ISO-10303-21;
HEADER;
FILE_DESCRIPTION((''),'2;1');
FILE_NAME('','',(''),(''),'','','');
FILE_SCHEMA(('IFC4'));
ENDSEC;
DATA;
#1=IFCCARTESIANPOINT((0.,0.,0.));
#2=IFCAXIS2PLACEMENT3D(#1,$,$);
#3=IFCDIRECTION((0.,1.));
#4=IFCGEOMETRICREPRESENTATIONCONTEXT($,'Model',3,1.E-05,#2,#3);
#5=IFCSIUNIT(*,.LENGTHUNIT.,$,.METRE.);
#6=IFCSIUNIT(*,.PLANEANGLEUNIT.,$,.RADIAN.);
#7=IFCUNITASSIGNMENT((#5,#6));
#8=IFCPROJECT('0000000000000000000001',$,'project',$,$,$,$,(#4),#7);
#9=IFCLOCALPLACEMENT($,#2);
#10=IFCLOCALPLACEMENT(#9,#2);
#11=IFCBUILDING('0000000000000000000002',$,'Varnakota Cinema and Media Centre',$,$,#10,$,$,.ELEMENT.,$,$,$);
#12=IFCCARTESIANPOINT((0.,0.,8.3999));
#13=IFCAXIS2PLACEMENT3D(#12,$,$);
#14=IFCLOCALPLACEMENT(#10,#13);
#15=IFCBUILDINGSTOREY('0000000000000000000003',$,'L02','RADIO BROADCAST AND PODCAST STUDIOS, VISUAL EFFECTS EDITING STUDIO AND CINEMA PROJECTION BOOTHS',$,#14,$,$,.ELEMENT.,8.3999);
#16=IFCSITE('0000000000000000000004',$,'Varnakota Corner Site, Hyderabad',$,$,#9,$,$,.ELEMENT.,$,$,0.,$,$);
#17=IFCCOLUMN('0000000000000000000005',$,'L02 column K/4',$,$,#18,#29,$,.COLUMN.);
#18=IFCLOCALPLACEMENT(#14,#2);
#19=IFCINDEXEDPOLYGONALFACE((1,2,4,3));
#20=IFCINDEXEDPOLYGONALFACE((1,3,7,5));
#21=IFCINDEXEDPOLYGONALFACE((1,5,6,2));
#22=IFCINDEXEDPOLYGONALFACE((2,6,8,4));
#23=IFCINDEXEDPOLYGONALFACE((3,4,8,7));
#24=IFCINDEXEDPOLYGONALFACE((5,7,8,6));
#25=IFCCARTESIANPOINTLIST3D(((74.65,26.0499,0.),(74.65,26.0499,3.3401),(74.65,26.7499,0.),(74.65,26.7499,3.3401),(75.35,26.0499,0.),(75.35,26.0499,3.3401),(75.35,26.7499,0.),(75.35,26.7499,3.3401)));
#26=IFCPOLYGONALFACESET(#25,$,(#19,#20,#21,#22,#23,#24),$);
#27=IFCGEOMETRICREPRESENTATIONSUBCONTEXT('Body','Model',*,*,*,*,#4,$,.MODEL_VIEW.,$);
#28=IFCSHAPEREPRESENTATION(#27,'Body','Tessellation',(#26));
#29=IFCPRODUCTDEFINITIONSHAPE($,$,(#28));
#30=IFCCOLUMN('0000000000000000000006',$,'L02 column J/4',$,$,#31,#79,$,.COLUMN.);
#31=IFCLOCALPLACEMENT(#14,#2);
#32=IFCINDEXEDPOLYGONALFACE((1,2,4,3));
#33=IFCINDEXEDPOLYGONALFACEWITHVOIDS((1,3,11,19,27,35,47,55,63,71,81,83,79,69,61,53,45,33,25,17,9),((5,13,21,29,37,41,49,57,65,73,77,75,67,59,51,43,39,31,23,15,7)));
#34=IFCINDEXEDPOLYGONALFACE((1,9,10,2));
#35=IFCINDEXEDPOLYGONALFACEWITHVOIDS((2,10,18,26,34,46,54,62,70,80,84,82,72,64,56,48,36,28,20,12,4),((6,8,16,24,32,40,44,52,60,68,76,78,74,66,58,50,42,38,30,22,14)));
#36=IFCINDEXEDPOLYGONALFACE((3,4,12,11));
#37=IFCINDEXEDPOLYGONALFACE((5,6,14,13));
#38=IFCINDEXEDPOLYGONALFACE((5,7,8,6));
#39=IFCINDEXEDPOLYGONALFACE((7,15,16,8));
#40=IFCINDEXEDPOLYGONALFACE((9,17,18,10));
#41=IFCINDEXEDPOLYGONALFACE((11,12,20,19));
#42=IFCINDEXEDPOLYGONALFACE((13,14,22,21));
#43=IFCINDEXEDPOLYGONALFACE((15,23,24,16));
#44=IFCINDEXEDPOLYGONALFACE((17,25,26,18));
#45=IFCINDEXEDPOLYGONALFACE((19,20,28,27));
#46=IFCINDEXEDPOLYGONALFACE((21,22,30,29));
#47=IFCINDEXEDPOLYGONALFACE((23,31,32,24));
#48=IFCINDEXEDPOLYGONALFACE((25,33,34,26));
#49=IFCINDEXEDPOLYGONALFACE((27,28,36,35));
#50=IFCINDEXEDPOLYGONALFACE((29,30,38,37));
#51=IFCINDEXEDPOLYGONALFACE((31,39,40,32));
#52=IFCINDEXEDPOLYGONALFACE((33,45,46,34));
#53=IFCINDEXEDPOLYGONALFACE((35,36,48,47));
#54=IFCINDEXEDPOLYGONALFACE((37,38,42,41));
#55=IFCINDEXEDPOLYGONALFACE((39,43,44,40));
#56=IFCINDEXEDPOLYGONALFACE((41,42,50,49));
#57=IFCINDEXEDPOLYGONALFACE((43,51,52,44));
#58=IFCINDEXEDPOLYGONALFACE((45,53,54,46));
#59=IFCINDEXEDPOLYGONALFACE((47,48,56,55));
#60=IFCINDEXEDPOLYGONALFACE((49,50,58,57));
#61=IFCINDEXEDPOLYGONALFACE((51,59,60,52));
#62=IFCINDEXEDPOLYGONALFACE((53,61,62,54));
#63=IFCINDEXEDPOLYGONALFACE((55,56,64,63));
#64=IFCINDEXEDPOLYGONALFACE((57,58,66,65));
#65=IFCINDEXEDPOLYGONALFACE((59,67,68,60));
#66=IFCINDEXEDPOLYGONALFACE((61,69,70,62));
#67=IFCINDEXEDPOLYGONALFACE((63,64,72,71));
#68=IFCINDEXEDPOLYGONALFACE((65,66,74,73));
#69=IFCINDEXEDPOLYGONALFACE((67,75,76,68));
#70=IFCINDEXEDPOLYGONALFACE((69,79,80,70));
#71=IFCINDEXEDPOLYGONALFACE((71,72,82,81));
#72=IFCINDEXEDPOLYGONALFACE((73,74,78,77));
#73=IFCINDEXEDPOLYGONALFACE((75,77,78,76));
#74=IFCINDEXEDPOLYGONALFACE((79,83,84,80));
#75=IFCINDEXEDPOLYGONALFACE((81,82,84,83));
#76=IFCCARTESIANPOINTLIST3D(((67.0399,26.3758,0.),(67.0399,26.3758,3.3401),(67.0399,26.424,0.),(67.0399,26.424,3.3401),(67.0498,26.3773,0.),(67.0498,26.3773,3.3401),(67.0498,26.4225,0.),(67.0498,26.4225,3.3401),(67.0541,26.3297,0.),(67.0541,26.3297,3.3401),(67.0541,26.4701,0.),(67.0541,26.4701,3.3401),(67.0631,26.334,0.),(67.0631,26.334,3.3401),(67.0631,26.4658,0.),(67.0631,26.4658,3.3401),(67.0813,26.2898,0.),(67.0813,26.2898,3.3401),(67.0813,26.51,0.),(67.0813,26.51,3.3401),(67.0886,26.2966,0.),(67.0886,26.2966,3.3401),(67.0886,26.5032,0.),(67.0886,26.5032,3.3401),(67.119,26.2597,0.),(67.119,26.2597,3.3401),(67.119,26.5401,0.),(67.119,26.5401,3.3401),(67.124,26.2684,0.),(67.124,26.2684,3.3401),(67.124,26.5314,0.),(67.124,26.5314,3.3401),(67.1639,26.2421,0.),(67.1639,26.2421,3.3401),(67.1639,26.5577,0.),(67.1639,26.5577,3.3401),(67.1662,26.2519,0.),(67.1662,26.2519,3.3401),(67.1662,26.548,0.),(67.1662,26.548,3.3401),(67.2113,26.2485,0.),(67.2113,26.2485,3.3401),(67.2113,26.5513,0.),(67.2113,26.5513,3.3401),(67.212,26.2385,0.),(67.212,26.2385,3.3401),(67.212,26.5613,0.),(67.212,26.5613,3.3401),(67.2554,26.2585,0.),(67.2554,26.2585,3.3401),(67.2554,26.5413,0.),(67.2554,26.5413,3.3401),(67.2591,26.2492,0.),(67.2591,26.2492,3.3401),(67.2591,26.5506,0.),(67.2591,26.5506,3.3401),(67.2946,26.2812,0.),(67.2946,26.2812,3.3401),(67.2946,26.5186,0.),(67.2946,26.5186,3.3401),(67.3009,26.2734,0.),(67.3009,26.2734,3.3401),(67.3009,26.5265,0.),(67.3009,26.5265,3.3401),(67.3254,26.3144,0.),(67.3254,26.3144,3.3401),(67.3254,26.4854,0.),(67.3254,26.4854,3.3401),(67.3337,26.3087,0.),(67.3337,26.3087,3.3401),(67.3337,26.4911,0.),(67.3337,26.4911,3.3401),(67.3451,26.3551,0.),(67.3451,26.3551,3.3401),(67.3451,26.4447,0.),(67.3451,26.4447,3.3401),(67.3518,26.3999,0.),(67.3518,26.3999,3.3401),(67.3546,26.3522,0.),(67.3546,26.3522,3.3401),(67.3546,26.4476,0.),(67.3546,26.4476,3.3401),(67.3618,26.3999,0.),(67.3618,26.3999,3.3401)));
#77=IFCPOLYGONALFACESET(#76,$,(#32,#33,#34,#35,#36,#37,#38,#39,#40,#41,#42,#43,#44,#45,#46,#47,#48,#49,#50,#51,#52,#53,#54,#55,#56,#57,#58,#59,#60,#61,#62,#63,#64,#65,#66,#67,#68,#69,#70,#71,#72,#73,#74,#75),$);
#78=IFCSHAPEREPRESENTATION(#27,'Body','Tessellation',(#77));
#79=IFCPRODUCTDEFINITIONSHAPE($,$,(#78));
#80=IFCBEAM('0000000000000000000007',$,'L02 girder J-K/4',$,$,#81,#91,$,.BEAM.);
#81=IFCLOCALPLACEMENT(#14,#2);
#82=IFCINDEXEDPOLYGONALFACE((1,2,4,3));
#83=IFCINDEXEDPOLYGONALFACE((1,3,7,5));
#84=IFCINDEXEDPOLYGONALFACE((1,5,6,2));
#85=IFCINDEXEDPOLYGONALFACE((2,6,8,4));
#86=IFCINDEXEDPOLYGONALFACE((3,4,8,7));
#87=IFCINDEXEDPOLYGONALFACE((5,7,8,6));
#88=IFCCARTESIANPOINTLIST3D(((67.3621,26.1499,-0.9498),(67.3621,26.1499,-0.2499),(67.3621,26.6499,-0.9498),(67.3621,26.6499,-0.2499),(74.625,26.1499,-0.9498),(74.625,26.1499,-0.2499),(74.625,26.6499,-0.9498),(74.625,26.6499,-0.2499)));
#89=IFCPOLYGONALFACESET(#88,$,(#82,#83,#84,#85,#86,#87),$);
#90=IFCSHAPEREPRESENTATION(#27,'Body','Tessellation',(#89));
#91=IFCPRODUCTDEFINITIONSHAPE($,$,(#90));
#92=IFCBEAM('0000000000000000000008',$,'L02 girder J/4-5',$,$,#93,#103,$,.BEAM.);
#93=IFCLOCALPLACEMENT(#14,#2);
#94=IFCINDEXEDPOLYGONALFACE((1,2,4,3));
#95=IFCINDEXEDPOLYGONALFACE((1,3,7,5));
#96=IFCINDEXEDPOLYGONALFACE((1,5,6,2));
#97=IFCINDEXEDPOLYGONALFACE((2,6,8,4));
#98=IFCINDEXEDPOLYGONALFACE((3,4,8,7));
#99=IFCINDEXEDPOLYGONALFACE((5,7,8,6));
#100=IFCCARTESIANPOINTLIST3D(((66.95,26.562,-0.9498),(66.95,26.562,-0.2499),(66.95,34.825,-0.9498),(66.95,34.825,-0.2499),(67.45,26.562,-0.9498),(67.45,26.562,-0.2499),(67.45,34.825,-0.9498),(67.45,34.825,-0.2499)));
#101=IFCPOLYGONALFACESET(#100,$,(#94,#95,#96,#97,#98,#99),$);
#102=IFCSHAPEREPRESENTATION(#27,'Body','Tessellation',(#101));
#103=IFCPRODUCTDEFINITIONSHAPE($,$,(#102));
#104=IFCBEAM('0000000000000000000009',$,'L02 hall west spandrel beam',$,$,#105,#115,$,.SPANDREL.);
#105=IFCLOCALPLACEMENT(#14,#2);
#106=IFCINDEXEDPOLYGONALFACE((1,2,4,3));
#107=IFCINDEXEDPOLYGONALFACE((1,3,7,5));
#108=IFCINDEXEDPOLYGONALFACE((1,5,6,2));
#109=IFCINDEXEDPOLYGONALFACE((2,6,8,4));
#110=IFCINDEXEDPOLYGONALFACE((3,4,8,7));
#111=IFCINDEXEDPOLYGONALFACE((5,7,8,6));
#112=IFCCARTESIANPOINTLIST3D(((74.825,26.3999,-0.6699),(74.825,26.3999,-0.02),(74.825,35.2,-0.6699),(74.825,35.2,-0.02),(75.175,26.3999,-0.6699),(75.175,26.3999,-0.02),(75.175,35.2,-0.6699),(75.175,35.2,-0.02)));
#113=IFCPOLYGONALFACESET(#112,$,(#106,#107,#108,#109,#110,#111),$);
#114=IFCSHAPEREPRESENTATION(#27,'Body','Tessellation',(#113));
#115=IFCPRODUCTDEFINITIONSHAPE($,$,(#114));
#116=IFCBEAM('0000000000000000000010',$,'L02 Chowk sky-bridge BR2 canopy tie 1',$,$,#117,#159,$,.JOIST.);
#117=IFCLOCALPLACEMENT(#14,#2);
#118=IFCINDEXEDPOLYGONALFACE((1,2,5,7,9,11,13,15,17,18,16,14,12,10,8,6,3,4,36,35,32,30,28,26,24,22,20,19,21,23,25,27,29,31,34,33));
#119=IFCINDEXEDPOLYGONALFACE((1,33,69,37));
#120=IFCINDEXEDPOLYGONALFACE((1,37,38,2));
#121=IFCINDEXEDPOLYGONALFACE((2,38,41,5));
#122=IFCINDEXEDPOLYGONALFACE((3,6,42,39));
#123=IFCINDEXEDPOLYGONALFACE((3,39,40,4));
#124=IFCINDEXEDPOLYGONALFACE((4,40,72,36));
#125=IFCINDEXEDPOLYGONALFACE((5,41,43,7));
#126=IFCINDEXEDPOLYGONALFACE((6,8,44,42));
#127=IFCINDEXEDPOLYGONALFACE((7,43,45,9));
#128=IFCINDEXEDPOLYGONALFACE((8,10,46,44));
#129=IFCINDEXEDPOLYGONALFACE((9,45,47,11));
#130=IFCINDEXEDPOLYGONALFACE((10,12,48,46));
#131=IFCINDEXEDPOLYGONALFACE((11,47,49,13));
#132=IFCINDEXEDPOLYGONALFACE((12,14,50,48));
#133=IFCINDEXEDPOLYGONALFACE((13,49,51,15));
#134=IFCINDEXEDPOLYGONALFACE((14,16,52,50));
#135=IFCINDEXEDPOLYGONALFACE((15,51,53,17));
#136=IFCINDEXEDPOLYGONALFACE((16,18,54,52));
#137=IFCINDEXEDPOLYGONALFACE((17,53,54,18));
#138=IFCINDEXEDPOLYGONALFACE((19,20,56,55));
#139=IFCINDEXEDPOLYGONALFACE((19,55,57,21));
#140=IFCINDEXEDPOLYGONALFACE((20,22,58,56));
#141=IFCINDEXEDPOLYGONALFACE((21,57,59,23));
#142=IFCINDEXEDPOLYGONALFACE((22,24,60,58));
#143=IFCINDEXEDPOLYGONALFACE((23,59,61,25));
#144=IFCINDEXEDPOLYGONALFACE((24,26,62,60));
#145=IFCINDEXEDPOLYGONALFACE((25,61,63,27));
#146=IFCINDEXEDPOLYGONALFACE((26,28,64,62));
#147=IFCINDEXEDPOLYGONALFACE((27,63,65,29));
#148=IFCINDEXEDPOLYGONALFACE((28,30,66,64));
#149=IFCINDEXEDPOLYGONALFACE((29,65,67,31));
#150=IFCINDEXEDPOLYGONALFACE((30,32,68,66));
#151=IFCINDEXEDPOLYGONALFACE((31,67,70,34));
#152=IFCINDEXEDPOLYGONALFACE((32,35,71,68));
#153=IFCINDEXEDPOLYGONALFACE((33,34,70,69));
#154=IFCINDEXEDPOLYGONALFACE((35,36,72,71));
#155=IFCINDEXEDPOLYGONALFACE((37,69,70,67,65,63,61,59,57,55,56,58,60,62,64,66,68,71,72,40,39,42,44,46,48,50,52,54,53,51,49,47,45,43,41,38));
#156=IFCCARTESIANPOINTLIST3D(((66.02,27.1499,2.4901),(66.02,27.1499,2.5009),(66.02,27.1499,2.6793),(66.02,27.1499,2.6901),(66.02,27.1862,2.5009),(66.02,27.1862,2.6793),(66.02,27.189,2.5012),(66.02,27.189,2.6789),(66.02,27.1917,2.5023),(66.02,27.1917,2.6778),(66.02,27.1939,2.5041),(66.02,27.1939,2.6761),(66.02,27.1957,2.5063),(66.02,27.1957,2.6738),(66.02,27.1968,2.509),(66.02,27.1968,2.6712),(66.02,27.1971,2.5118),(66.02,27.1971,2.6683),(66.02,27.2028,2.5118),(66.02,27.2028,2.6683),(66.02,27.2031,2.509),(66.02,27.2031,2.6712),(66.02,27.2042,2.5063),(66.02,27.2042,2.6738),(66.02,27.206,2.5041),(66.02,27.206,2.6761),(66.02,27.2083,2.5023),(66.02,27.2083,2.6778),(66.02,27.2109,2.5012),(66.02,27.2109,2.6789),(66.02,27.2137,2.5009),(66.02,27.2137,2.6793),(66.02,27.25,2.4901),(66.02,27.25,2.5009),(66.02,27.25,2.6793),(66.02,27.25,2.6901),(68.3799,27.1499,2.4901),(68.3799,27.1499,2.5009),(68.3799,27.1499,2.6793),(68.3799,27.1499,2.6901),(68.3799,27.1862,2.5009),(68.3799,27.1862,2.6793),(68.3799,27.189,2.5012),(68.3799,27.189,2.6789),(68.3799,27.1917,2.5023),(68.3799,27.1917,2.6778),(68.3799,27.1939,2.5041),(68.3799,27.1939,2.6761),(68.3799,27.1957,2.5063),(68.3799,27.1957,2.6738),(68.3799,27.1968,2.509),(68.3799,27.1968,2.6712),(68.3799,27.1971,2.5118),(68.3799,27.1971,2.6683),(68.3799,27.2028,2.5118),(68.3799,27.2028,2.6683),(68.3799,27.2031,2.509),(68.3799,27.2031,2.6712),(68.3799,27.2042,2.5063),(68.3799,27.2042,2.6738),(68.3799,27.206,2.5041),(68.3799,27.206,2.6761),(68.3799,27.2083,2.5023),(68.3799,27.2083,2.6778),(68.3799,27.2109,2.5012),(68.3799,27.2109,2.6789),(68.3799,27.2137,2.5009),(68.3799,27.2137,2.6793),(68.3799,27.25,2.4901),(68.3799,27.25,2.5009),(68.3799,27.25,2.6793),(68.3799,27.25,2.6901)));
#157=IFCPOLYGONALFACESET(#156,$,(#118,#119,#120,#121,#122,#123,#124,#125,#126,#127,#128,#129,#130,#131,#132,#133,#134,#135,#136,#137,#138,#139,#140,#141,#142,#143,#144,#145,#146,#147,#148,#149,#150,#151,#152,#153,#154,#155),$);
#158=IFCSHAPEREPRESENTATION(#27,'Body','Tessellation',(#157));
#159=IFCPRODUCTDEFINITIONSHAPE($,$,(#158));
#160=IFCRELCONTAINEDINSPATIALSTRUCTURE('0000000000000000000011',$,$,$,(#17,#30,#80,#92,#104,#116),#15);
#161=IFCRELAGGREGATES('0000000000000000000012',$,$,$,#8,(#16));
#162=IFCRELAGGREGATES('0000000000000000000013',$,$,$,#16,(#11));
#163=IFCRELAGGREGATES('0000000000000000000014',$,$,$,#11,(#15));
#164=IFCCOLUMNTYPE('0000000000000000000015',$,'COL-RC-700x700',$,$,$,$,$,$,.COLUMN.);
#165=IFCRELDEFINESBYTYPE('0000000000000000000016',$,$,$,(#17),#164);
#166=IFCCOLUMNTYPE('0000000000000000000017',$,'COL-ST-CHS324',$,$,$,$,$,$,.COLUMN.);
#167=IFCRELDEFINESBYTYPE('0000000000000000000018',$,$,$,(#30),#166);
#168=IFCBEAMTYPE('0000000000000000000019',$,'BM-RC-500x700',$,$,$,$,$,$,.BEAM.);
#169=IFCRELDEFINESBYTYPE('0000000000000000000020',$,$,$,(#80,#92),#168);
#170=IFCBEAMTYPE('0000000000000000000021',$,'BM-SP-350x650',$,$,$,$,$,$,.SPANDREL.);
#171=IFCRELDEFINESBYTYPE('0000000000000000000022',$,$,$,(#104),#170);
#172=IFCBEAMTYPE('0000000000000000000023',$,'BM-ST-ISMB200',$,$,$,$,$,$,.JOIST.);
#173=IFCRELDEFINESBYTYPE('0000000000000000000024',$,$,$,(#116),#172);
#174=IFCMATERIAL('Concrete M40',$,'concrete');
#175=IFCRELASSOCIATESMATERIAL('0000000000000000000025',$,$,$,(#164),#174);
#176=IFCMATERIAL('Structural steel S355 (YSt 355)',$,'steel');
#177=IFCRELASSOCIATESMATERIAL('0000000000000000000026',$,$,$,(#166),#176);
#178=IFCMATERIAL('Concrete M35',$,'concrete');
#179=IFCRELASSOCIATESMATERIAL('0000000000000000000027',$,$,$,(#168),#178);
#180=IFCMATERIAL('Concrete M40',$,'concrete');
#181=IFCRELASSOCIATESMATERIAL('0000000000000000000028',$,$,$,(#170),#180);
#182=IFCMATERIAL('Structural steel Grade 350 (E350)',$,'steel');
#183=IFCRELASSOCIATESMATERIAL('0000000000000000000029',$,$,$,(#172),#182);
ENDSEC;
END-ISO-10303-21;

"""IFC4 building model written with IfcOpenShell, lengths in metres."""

from ifc_helpers import new_model, si_unit, direction, frame, origin, origin_2d, place, context, subcontext, project, spatial, rectangle, hollow_circle, i_section, extrude, material, material_profile, profile_set, type_object, element, save


model = new_model("IFC4")

# Units and contexts
model_context = context("Model", 3, precision=1e-05, world=origin(), true_north=direction((0.0, 1.0)))
body_context = subcontext(model_context, "Body", "Model", "MODEL_VIEW")
ifc_project = project(units=[si_unit("LENGTHUNIT", "METRE"), si_unit("PLANEANGLEUNIT", "RADIAN")], contexts=[model_context])

# Site, building, storey
site_placement = place(None, origin())
site = spatial("IfcSite", under=ifc_project, at=site_placement, Name="Varnakota Corner Site, Hyderabad", CompositionType="ELEMENT", RefElevation=0.0)
building_placement = place(site_placement, origin())
building = spatial("IfcBuilding", under=site, at=building_placement, Name="Varnakota Cinema and Media Centre", CompositionType="ELEMENT")
storey_placement = place(building_placement, frame((0.0, 0.0, 8.3999)))
storey = spatial("IfcBuildingStorey", under=building, at=storey_placement, Name="L02", Description="RADIO BROADCAST AND PODCAST STUDIOS, VISUAL EFFECTS EDITING STUDIO AND CINEMA PROJECTION BOOTHS", CompositionType="ELEMENT", Elevation=8.3999)

# Columns
ifc_material_1 = material(Name="Concrete M40", Category="concrete")
ifc_material_profile_1 = material_profile(ifc_material_1, rectangle(XDim=0.7, YDim=0.7, at=origin_2d()), Name="RC 700x700")
ifc_profile_set_1 = profile_set([ifc_material_profile_1], Name="Concrete M40")
column_type_1 = type_object("IfcColumnType", Name="COL-RC-700x700", PredefinedType="COLUMN", material=ifc_profile_set_1)
column_1_placement = place(storey_placement, frame((75.0, 26.3999, 0.0), z_axis=(0.0, 0.0, 1.0), x_axis=(1.0, 0.0, 0.0)))
element("IfcColumn", 1, at=column_1_placement, inside=storey, type_object=column_type_1, Name="L02 column K/4", PredefinedType="COLUMN", context=body_context, shape_type="SweptSolid", body=[
    extrude(rectangle(XDim=0.7, YDim=0.7, at=origin_2d()), origin(), (0.0, 0.0, 1.0), 3.3401),
])
ifc_material_2 = material(Name="Structural steel S355 (YSt 355)", Category="steel")
ifc_material_profile_2 = material_profile(ifc_material_2, hollow_circle(Radius=0.1619, WallThickness=0.01, at=origin_2d()), Name="CHS 323.9x10.0")
ifc_profile_set_2 = profile_set([ifc_material_profile_2], Name="Structural steel S355 (YSt 355)")
column_type_2 = type_object("IfcColumnType", Name="COL-ST-CHS324", PredefinedType="COLUMN", material=ifc_profile_set_2)
column_2_placement = place(storey_placement, frame((67.2, 26.3999, 0.0), z_axis=(0.0, 0.0, 1.0), x_axis=(1.0, 0.0, 0.0)))
element("IfcColumn", 2, at=column_2_placement, inside=storey, type_object=column_type_2, Name="L02 column J/4", PredefinedType="COLUMN", context=body_context, shape_type="SweptSolid", body=[
    extrude(hollow_circle(Radius=0.1619, WallThickness=0.01, at=origin_2d()), origin(), (0.0, 0.0, 1.0), 3.3401),
])

# Beams
ifc_material_3 = material(Name="Concrete M35", Category="concrete")
ifc_material_profile_3 = material_profile(ifc_material_3, rectangle(XDim=0.5, YDim=0.7, at=origin_2d()), Name="RCB 500x700")
ifc_profile_set_3 = profile_set([ifc_material_profile_3], Name="Concrete M35")
beam_type_1 = type_object("IfcBeamType", Name="BM-RC-500x700", PredefinedType="BEAM", material=ifc_profile_set_3)
beam_1_placement = place(storey_placement, frame((67.3621, 26.3999, -0.5999), z_axis=(1.0, 0.0, 0.0), x_axis=(0.0, 1.0, 0.0)))
element("IfcBeam", 3, at=beam_1_placement, inside=storey, type_object=beam_type_1, Name="L02 girder J-K/4", PredefinedType="BEAM", context=body_context, shape_type="SweptSolid", body=[
    extrude(rectangle(XDim=0.5, YDim=0.7, at=origin_2d()), origin(), (0.0, 0.0, 1.0), 7.2629),
])
beam_2_placement = place(storey_placement, frame((67.2, 26.562, -0.5999), z_axis=(0.0, 1.0, 0.0), x_axis=(-1.0, 0.0, 0.0)))
element("IfcBeam", 4, at=beam_2_placement, inside=storey, type_object=beam_type_1, Name="L02 girder J/4-5", PredefinedType="BEAM", context=body_context, shape_type="SweptSolid", body=[
    extrude(rectangle(XDim=0.5, YDim=0.7, at=origin_2d()), origin(), (0.0, 0.0, 1.0), 8.2629),
])
ifc_material_4 = material(Name="Concrete M40", Category="concrete")
ifc_material_profile_4 = material_profile(ifc_material_4, rectangle(XDim=0.3501, YDim=0.6499, at=origin_2d()), Name="RCB 350x650")
ifc_profile_set_4 = profile_set([ifc_material_profile_4], Name="Concrete M40")
beam_type_2 = type_object("IfcBeamType", Name="BM-SP-350x650", PredefinedType="SPANDREL", material=ifc_profile_set_4)
beam_3_placement = place(storey_placement, frame((75.0, 26.3999, -0.345), z_axis=(0.0, 1.0, 0.0), x_axis=(-1.0, 0.0, 0.0)))
element("IfcBeam", 5, at=beam_3_placement, inside=storey, type_object=beam_type_2, Name="L02 hall west spandrel beam", PredefinedType="SPANDREL", context=body_context, shape_type="SweptSolid", body=[
    extrude(rectangle(XDim=0.3501, YDim=0.6499, at=origin_2d()), origin(), (0.0, 0.0, 1.0), 8.8),
])
ifc_material_5 = material(Name="Structural steel Grade 350 (E350)", Category="steel")
ifc_material_profile_5 = material_profile(ifc_material_5, i_section(OverallWidth=0.1001, OverallDepth=0.2, WebThickness=0.0056, FlangeThickness=0.0107, FilletRadius=0.011, at=origin_2d()), Name="ISMB 200")
ifc_profile_set_5 = profile_set([ifc_material_profile_5], Name="Structural steel Grade 350 (E350)")
beam_type_3 = type_object("IfcBeamType", Name="BM-ST-ISMB200", PredefinedType="JOIST", material=ifc_profile_set_5)
beam_4_placement = place(storey_placement, frame((66.02, 27.2, 2.5901), z_axis=(1.0, 0.0, 0.0), x_axis=(0.0, 1.0, 0.0)))
element("IfcBeam", 6, at=beam_4_placement, inside=storey, type_object=beam_type_3, Name="L02 Chowk sky-bridge BR2 canopy tie 1", PredefinedType="JOIST", context=body_context, shape_type="SweptSolid", body=[
    extrude(i_section(OverallWidth=0.1001, OverallDepth=0.2, WebThickness=0.0056, FlangeThickness=0.0107, FilletRadius=0.011, at=origin_2d()), origin(), (0.0, 0.0, 1.0), 2.3599),
])

save(model, "model.ifc")
